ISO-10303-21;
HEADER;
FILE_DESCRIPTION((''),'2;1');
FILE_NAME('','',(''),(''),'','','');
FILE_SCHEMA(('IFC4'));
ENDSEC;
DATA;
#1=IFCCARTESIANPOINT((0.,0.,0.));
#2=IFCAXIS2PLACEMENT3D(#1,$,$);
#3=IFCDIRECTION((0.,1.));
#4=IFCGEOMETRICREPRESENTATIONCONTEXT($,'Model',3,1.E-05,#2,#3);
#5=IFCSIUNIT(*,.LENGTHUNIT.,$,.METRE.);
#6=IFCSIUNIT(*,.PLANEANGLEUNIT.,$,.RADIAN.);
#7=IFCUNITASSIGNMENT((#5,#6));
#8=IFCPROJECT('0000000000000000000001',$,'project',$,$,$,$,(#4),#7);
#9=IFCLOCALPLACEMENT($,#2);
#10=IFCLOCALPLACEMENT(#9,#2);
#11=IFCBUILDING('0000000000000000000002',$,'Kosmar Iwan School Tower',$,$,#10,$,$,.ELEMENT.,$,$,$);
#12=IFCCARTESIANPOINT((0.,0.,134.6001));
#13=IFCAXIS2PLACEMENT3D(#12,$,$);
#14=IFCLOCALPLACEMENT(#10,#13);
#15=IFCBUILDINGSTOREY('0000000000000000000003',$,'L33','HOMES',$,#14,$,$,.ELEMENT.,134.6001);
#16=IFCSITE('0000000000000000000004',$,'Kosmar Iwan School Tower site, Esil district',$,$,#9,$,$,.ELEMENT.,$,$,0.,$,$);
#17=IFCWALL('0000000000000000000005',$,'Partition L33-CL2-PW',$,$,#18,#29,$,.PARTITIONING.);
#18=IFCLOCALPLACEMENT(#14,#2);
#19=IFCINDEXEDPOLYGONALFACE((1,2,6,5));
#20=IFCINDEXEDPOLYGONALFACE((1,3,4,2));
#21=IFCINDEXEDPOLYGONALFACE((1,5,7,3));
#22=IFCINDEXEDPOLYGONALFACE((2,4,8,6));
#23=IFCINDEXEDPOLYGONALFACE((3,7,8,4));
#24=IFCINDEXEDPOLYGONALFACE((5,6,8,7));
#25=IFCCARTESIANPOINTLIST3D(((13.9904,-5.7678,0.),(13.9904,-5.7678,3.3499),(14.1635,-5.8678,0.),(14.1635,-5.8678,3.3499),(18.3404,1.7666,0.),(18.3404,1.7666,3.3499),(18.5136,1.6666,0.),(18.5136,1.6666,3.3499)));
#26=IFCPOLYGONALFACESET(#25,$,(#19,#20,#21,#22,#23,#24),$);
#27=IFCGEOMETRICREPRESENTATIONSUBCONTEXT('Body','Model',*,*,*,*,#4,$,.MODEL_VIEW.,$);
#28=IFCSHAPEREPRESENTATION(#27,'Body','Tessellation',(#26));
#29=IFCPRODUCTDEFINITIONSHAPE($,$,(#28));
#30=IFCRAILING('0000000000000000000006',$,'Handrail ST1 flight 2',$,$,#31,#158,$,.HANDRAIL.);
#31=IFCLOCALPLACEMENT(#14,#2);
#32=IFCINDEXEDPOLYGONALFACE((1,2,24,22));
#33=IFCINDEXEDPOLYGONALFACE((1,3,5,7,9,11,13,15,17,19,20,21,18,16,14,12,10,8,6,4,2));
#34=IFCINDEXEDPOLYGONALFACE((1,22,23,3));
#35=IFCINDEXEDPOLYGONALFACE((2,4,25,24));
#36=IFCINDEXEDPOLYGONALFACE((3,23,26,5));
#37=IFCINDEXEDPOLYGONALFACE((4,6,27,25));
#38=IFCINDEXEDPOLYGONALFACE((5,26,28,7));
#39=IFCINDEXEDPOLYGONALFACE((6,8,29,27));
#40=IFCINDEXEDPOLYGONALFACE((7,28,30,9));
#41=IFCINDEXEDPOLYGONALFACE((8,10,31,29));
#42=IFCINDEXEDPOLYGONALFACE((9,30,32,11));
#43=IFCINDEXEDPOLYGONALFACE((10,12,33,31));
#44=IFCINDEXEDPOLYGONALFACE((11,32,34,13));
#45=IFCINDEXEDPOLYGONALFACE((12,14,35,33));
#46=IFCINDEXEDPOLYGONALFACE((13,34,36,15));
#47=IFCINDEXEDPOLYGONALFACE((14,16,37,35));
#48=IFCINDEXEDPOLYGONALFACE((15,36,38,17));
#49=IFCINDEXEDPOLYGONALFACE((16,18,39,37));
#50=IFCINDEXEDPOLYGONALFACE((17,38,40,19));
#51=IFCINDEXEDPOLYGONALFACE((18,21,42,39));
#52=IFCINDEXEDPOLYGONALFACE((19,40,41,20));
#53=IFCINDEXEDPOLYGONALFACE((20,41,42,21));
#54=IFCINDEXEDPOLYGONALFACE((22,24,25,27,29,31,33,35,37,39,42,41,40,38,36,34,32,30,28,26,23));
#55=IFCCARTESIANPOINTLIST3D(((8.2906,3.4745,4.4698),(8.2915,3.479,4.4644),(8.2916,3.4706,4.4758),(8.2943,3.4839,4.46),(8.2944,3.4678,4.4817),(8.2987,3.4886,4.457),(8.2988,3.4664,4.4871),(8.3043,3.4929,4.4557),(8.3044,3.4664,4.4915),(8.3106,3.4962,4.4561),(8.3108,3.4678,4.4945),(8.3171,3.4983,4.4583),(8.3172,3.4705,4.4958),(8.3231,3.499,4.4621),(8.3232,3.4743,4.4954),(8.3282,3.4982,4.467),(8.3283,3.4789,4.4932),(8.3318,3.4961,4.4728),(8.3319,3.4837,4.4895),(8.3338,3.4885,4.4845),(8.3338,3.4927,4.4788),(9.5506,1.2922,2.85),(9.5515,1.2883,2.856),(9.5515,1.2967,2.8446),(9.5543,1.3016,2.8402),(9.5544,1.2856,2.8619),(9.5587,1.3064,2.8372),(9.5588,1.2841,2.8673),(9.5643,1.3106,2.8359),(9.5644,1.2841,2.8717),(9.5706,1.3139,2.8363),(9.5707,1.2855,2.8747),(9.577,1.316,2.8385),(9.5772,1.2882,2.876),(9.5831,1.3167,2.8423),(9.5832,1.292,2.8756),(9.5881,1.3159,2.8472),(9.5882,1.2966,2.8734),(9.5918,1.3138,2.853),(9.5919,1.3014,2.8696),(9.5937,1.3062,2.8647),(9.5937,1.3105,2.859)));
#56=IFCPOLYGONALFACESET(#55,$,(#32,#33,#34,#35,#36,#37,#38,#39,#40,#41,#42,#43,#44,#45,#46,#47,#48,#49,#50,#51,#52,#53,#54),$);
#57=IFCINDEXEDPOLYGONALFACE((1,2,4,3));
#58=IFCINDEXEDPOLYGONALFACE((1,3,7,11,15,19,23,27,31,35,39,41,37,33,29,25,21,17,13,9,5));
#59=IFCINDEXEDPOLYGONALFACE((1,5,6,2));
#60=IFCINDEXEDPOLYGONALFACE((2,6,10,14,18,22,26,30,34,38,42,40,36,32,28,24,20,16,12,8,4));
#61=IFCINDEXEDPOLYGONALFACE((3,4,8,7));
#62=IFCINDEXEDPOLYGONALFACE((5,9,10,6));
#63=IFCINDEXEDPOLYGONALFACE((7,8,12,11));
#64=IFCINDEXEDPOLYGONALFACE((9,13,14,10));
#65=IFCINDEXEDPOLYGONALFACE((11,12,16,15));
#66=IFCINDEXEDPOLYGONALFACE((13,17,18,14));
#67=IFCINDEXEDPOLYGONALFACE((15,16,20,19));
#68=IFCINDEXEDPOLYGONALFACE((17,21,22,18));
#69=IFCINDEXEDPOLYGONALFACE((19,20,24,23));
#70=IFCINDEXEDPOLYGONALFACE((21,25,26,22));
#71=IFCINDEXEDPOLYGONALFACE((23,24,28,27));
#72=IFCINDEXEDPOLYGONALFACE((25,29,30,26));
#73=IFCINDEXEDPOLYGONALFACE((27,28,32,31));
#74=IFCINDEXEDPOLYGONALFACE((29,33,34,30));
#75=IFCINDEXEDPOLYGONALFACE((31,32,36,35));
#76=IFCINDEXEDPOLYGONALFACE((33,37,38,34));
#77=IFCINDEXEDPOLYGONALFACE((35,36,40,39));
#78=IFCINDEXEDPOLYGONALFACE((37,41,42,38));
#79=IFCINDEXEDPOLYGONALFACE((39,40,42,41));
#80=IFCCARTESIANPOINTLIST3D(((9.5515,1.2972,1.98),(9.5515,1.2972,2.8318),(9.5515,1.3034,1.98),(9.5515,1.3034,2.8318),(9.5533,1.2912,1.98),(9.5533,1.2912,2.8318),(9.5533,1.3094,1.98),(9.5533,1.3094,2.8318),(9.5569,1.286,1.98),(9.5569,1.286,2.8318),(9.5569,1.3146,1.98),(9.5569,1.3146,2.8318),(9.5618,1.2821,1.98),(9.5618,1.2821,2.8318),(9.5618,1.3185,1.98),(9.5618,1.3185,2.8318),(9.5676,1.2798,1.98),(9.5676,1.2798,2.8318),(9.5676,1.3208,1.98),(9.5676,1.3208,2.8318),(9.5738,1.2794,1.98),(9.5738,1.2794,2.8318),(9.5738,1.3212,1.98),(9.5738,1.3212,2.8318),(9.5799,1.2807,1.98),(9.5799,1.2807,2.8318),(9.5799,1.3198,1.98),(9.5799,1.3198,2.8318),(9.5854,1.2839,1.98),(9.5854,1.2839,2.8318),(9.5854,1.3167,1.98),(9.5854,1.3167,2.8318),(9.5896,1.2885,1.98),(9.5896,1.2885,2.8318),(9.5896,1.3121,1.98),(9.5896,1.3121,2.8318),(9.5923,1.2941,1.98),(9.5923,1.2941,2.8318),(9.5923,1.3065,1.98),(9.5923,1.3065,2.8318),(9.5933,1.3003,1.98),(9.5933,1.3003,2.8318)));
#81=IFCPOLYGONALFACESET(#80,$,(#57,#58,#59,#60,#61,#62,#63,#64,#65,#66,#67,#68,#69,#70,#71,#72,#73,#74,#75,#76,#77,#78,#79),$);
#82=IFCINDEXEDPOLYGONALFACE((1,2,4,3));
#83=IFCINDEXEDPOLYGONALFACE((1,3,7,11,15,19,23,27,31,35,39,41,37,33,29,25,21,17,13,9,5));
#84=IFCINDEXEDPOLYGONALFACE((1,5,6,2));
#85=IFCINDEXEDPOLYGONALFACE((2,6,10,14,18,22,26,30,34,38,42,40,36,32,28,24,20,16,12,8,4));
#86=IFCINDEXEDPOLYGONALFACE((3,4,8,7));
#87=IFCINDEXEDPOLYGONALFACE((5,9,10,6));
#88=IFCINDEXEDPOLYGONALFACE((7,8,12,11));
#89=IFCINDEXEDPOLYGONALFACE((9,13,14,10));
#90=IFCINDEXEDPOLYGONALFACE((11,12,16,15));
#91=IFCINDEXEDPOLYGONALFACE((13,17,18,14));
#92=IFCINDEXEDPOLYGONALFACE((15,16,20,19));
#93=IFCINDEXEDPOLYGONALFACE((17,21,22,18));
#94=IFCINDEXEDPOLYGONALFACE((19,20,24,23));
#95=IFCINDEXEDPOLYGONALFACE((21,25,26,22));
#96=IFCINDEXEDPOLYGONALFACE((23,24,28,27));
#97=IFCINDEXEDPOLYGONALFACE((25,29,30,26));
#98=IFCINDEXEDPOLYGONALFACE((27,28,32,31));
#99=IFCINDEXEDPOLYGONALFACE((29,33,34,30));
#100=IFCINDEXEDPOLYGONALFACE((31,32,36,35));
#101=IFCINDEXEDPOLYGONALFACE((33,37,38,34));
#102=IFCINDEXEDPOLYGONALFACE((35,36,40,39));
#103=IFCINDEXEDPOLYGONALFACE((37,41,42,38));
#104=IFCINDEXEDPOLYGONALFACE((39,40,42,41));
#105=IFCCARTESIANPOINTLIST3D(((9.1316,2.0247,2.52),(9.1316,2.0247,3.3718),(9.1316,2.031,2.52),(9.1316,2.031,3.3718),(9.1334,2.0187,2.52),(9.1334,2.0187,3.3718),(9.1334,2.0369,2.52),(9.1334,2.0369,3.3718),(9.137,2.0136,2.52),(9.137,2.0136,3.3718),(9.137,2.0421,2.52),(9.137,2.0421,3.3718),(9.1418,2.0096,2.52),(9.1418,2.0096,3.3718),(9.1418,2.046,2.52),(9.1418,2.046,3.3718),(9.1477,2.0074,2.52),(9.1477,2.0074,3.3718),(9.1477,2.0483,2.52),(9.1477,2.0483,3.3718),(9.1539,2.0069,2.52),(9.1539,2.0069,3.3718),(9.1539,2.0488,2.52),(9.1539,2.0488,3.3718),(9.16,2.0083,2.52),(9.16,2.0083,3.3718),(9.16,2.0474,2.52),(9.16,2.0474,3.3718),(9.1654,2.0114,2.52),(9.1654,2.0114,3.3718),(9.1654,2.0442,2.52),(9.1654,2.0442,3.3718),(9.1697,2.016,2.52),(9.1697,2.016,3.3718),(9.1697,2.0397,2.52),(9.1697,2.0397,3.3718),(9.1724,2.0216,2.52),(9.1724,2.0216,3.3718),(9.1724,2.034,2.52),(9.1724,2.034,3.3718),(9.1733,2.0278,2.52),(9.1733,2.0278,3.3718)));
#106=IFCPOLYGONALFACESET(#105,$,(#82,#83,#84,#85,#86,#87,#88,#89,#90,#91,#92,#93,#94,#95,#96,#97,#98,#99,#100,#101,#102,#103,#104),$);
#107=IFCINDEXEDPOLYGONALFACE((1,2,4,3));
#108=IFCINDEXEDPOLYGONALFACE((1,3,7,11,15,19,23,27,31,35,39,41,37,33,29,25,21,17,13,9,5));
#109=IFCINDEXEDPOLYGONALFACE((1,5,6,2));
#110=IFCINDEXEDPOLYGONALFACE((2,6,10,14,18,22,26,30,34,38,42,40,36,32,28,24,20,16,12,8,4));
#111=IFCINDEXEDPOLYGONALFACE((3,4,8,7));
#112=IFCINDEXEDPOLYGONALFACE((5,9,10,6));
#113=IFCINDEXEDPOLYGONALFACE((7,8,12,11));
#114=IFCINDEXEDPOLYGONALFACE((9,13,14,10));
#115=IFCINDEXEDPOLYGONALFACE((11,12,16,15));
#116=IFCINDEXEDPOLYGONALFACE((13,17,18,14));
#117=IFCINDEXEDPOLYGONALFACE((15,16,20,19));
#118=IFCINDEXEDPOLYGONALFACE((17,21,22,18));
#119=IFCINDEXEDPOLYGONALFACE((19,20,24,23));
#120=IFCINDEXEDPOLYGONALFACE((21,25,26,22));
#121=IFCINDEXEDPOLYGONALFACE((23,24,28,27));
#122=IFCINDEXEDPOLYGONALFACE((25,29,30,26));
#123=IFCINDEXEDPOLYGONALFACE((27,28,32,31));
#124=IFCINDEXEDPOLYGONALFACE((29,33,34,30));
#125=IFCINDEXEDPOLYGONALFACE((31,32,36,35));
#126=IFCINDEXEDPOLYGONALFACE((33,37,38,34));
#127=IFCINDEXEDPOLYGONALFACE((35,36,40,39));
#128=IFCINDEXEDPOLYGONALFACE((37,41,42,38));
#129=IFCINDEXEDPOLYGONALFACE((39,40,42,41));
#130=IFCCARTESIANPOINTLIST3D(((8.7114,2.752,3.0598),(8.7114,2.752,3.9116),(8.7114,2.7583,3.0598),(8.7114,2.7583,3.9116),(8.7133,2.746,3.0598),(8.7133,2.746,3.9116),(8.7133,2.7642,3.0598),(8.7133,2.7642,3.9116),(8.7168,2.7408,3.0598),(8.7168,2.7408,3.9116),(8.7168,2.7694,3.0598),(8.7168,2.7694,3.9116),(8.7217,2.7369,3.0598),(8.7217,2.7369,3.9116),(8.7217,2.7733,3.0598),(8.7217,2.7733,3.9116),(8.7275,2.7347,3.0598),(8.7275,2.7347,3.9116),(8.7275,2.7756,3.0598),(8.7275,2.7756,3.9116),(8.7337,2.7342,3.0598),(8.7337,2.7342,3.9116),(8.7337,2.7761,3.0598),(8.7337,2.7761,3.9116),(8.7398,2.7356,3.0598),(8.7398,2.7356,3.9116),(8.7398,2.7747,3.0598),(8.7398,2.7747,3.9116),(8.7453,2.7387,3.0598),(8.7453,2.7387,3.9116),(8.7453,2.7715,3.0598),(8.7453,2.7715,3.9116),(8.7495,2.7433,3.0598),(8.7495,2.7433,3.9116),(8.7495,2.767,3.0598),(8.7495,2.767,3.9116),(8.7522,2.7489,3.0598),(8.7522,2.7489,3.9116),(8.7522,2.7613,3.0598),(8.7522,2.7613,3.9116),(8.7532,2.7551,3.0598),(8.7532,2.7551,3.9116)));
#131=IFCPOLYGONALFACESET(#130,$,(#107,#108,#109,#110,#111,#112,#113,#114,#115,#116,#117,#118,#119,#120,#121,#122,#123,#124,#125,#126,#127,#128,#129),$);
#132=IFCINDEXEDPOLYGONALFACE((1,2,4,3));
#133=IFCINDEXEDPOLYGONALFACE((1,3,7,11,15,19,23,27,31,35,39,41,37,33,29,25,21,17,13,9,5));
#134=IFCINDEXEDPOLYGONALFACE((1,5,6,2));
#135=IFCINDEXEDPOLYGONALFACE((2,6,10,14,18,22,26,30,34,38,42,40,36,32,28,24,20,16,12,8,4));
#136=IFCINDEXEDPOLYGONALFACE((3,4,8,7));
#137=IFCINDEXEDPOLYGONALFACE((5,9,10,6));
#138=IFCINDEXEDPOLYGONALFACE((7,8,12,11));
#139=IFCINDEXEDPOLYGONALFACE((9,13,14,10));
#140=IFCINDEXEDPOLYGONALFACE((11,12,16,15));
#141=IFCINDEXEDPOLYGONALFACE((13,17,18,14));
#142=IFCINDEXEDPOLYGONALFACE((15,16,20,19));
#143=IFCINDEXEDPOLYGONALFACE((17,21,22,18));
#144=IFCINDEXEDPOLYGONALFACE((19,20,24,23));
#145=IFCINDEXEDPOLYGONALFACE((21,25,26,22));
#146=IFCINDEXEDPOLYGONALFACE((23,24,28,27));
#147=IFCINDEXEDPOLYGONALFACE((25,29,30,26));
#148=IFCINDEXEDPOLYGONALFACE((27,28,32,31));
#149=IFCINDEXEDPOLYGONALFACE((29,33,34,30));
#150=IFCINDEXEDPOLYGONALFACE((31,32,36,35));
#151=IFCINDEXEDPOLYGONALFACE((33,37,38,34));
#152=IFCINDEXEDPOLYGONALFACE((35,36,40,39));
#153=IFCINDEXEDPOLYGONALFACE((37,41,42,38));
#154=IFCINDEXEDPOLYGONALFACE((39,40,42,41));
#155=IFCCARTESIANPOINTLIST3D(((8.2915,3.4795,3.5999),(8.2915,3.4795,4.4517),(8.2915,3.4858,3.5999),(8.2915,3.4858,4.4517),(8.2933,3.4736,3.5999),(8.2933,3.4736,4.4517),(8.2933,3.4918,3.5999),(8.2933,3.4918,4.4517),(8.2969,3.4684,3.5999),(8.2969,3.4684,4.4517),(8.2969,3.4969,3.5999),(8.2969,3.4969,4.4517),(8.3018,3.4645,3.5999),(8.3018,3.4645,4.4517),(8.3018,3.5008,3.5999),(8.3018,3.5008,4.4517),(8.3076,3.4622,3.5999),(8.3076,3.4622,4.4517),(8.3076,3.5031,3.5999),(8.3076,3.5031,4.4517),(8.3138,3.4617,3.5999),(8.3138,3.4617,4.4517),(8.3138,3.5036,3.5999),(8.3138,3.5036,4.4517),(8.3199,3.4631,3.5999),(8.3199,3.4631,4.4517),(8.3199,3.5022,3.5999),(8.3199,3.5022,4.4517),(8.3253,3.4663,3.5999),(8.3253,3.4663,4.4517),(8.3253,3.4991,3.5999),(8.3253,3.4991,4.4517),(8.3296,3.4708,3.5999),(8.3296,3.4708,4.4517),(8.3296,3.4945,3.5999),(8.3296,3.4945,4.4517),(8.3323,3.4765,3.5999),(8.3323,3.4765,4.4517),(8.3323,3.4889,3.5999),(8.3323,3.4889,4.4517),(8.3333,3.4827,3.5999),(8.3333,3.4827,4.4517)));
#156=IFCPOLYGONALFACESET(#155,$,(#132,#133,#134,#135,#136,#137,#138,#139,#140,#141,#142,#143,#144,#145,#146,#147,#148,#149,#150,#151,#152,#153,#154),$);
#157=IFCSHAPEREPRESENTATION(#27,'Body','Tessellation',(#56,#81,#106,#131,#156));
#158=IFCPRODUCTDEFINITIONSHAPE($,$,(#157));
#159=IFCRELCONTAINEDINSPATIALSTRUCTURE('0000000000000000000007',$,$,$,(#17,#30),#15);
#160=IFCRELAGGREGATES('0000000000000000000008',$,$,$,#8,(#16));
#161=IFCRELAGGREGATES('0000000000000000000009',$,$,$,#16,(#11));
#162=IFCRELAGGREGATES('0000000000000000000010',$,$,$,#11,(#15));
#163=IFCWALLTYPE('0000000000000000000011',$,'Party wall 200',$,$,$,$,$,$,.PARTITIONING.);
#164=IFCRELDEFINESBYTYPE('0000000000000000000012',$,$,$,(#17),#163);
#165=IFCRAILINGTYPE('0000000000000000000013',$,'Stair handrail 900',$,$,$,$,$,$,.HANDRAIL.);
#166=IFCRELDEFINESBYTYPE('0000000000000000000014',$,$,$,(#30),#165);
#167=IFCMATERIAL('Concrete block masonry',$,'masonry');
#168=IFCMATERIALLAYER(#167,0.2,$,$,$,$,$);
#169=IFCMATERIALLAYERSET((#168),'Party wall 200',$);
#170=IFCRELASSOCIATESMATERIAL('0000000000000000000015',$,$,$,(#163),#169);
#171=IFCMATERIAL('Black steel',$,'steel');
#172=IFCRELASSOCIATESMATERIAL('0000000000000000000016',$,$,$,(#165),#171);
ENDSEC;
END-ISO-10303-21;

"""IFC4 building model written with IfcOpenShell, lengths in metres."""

from ifc_helpers import new_model, si_unit, direction, frame, frame_2d, origin, origin_2d, place, context, subcontext, project, spatial, rectangle, circle, extrude, material, layer, layer_set, type_object, element, save


model = new_model("IFC4")

# Units and contexts
model_context = context("Model", 3, precision=1e-05, world=origin(), true_north=direction((0.0, 1.0)))
body_context = subcontext(model_context, "Body", "Model", "MODEL_VIEW")
ifc_project = project(units=[si_unit("LENGTHUNIT", "METRE"), si_unit("PLANEANGLEUNIT", "RADIAN")], contexts=[model_context])

# Site, building, storey
site_placement = place(None, origin())
site = spatial("IfcSite", under=ifc_project, at=site_placement, Name="Kosmar Iwan School Tower site, Esil district", CompositionType="ELEMENT", RefElevation=0.0)
building_placement = place(site_placement, origin())
building = spatial("IfcBuilding", under=site, at=building_placement, Name="Kosmar Iwan School Tower", CompositionType="ELEMENT")
storey_placement = place(building_placement, frame((0.0, 0.0, 134.6001)))
storey = spatial("IfcBuildingStorey", under=building, at=storey_placement, Name="L33", Description="HOMES", CompositionType="ELEMENT", Elevation=134.6001)

# Wall
ifc_material_1 = material(Name="Concrete block masonry", Category="masonry")
ifc_layer_1 = layer(ifc_material_1, 0.2)
ifc_layer_set_1 = layer_set([ifc_layer_1], Name="Party wall 200")
wall_type_1 = type_object("IfcWallType", Name="Party wall 200", PredefinedType="PARTITIONING", material=ifc_layer_set_1)
wall_1_placement = place(storey_placement, frame((14.0769, -5.8179, 0.0), z_axis=(0.0, 0.0, 1.0), x_axis=(0.500008, 0.866021, 0.0)))
element("IfcWall", 1, at=wall_1_placement, inside=storey, type_object=wall_type_1, Name="Partition L33-CL2-PW", PredefinedType="PARTITIONING", context=body_context, shape_type="SweptSolid", body=[
    extrude(rectangle(XDim=8.7, YDim=0.2, at=frame_2d((4.3501, 0.0))), origin(), (0.0, 0.0, 1.0), 3.3499),
])

# Railing
ifc_material_2 = material(Name="Black steel", Category="steel")
railing_type = type_object("IfcRailingType", Name="Stair handrail 900", PredefinedType="HANDRAIL", material=ifc_material_2)
railing_placement = place(storey_placement, frame((9.5723, 1.3003, 1.98)))
element("IfcRailing", 2, at=railing_placement, inside=storey, type_object=railing_type, Name="Handrail ST1 flight 2", PredefinedType="HANDRAIL", context=body_context, shape_type="SweptSolid", body=[
    extrude(circle(Radius=0.0239, at=origin_2d()), frame((0.0, 0.0, 0.876), z_axis=(-0.420603, 0.728496, 0.540728), x_axis=(-0.866023, -0.500005, 0.0)), (0.0, 0.0, 1.0), 2.9956),
    extrude(circle(Radius=0.021, at=origin_2d()), origin(), (0.0, 0.0, 1.0), 0.8518),
    extrude(circle(Radius=0.021, at=origin_2d()), frame((-0.4199, 0.7275, 0.54)), (0.0, 0.0, 1.0), 0.8518),
    extrude(circle(Radius=0.021, at=origin_2d()), frame((-0.8401, 1.4548, 1.0798)), (0.0, 0.0, 1.0), 0.8518),
    extrude(circle(Radius=0.021, at=origin_2d()), frame((-1.26, 2.1824, 1.6199)), (0.0, 0.0, 1.0), 0.8518),
])

save(model, "model.ifc")
